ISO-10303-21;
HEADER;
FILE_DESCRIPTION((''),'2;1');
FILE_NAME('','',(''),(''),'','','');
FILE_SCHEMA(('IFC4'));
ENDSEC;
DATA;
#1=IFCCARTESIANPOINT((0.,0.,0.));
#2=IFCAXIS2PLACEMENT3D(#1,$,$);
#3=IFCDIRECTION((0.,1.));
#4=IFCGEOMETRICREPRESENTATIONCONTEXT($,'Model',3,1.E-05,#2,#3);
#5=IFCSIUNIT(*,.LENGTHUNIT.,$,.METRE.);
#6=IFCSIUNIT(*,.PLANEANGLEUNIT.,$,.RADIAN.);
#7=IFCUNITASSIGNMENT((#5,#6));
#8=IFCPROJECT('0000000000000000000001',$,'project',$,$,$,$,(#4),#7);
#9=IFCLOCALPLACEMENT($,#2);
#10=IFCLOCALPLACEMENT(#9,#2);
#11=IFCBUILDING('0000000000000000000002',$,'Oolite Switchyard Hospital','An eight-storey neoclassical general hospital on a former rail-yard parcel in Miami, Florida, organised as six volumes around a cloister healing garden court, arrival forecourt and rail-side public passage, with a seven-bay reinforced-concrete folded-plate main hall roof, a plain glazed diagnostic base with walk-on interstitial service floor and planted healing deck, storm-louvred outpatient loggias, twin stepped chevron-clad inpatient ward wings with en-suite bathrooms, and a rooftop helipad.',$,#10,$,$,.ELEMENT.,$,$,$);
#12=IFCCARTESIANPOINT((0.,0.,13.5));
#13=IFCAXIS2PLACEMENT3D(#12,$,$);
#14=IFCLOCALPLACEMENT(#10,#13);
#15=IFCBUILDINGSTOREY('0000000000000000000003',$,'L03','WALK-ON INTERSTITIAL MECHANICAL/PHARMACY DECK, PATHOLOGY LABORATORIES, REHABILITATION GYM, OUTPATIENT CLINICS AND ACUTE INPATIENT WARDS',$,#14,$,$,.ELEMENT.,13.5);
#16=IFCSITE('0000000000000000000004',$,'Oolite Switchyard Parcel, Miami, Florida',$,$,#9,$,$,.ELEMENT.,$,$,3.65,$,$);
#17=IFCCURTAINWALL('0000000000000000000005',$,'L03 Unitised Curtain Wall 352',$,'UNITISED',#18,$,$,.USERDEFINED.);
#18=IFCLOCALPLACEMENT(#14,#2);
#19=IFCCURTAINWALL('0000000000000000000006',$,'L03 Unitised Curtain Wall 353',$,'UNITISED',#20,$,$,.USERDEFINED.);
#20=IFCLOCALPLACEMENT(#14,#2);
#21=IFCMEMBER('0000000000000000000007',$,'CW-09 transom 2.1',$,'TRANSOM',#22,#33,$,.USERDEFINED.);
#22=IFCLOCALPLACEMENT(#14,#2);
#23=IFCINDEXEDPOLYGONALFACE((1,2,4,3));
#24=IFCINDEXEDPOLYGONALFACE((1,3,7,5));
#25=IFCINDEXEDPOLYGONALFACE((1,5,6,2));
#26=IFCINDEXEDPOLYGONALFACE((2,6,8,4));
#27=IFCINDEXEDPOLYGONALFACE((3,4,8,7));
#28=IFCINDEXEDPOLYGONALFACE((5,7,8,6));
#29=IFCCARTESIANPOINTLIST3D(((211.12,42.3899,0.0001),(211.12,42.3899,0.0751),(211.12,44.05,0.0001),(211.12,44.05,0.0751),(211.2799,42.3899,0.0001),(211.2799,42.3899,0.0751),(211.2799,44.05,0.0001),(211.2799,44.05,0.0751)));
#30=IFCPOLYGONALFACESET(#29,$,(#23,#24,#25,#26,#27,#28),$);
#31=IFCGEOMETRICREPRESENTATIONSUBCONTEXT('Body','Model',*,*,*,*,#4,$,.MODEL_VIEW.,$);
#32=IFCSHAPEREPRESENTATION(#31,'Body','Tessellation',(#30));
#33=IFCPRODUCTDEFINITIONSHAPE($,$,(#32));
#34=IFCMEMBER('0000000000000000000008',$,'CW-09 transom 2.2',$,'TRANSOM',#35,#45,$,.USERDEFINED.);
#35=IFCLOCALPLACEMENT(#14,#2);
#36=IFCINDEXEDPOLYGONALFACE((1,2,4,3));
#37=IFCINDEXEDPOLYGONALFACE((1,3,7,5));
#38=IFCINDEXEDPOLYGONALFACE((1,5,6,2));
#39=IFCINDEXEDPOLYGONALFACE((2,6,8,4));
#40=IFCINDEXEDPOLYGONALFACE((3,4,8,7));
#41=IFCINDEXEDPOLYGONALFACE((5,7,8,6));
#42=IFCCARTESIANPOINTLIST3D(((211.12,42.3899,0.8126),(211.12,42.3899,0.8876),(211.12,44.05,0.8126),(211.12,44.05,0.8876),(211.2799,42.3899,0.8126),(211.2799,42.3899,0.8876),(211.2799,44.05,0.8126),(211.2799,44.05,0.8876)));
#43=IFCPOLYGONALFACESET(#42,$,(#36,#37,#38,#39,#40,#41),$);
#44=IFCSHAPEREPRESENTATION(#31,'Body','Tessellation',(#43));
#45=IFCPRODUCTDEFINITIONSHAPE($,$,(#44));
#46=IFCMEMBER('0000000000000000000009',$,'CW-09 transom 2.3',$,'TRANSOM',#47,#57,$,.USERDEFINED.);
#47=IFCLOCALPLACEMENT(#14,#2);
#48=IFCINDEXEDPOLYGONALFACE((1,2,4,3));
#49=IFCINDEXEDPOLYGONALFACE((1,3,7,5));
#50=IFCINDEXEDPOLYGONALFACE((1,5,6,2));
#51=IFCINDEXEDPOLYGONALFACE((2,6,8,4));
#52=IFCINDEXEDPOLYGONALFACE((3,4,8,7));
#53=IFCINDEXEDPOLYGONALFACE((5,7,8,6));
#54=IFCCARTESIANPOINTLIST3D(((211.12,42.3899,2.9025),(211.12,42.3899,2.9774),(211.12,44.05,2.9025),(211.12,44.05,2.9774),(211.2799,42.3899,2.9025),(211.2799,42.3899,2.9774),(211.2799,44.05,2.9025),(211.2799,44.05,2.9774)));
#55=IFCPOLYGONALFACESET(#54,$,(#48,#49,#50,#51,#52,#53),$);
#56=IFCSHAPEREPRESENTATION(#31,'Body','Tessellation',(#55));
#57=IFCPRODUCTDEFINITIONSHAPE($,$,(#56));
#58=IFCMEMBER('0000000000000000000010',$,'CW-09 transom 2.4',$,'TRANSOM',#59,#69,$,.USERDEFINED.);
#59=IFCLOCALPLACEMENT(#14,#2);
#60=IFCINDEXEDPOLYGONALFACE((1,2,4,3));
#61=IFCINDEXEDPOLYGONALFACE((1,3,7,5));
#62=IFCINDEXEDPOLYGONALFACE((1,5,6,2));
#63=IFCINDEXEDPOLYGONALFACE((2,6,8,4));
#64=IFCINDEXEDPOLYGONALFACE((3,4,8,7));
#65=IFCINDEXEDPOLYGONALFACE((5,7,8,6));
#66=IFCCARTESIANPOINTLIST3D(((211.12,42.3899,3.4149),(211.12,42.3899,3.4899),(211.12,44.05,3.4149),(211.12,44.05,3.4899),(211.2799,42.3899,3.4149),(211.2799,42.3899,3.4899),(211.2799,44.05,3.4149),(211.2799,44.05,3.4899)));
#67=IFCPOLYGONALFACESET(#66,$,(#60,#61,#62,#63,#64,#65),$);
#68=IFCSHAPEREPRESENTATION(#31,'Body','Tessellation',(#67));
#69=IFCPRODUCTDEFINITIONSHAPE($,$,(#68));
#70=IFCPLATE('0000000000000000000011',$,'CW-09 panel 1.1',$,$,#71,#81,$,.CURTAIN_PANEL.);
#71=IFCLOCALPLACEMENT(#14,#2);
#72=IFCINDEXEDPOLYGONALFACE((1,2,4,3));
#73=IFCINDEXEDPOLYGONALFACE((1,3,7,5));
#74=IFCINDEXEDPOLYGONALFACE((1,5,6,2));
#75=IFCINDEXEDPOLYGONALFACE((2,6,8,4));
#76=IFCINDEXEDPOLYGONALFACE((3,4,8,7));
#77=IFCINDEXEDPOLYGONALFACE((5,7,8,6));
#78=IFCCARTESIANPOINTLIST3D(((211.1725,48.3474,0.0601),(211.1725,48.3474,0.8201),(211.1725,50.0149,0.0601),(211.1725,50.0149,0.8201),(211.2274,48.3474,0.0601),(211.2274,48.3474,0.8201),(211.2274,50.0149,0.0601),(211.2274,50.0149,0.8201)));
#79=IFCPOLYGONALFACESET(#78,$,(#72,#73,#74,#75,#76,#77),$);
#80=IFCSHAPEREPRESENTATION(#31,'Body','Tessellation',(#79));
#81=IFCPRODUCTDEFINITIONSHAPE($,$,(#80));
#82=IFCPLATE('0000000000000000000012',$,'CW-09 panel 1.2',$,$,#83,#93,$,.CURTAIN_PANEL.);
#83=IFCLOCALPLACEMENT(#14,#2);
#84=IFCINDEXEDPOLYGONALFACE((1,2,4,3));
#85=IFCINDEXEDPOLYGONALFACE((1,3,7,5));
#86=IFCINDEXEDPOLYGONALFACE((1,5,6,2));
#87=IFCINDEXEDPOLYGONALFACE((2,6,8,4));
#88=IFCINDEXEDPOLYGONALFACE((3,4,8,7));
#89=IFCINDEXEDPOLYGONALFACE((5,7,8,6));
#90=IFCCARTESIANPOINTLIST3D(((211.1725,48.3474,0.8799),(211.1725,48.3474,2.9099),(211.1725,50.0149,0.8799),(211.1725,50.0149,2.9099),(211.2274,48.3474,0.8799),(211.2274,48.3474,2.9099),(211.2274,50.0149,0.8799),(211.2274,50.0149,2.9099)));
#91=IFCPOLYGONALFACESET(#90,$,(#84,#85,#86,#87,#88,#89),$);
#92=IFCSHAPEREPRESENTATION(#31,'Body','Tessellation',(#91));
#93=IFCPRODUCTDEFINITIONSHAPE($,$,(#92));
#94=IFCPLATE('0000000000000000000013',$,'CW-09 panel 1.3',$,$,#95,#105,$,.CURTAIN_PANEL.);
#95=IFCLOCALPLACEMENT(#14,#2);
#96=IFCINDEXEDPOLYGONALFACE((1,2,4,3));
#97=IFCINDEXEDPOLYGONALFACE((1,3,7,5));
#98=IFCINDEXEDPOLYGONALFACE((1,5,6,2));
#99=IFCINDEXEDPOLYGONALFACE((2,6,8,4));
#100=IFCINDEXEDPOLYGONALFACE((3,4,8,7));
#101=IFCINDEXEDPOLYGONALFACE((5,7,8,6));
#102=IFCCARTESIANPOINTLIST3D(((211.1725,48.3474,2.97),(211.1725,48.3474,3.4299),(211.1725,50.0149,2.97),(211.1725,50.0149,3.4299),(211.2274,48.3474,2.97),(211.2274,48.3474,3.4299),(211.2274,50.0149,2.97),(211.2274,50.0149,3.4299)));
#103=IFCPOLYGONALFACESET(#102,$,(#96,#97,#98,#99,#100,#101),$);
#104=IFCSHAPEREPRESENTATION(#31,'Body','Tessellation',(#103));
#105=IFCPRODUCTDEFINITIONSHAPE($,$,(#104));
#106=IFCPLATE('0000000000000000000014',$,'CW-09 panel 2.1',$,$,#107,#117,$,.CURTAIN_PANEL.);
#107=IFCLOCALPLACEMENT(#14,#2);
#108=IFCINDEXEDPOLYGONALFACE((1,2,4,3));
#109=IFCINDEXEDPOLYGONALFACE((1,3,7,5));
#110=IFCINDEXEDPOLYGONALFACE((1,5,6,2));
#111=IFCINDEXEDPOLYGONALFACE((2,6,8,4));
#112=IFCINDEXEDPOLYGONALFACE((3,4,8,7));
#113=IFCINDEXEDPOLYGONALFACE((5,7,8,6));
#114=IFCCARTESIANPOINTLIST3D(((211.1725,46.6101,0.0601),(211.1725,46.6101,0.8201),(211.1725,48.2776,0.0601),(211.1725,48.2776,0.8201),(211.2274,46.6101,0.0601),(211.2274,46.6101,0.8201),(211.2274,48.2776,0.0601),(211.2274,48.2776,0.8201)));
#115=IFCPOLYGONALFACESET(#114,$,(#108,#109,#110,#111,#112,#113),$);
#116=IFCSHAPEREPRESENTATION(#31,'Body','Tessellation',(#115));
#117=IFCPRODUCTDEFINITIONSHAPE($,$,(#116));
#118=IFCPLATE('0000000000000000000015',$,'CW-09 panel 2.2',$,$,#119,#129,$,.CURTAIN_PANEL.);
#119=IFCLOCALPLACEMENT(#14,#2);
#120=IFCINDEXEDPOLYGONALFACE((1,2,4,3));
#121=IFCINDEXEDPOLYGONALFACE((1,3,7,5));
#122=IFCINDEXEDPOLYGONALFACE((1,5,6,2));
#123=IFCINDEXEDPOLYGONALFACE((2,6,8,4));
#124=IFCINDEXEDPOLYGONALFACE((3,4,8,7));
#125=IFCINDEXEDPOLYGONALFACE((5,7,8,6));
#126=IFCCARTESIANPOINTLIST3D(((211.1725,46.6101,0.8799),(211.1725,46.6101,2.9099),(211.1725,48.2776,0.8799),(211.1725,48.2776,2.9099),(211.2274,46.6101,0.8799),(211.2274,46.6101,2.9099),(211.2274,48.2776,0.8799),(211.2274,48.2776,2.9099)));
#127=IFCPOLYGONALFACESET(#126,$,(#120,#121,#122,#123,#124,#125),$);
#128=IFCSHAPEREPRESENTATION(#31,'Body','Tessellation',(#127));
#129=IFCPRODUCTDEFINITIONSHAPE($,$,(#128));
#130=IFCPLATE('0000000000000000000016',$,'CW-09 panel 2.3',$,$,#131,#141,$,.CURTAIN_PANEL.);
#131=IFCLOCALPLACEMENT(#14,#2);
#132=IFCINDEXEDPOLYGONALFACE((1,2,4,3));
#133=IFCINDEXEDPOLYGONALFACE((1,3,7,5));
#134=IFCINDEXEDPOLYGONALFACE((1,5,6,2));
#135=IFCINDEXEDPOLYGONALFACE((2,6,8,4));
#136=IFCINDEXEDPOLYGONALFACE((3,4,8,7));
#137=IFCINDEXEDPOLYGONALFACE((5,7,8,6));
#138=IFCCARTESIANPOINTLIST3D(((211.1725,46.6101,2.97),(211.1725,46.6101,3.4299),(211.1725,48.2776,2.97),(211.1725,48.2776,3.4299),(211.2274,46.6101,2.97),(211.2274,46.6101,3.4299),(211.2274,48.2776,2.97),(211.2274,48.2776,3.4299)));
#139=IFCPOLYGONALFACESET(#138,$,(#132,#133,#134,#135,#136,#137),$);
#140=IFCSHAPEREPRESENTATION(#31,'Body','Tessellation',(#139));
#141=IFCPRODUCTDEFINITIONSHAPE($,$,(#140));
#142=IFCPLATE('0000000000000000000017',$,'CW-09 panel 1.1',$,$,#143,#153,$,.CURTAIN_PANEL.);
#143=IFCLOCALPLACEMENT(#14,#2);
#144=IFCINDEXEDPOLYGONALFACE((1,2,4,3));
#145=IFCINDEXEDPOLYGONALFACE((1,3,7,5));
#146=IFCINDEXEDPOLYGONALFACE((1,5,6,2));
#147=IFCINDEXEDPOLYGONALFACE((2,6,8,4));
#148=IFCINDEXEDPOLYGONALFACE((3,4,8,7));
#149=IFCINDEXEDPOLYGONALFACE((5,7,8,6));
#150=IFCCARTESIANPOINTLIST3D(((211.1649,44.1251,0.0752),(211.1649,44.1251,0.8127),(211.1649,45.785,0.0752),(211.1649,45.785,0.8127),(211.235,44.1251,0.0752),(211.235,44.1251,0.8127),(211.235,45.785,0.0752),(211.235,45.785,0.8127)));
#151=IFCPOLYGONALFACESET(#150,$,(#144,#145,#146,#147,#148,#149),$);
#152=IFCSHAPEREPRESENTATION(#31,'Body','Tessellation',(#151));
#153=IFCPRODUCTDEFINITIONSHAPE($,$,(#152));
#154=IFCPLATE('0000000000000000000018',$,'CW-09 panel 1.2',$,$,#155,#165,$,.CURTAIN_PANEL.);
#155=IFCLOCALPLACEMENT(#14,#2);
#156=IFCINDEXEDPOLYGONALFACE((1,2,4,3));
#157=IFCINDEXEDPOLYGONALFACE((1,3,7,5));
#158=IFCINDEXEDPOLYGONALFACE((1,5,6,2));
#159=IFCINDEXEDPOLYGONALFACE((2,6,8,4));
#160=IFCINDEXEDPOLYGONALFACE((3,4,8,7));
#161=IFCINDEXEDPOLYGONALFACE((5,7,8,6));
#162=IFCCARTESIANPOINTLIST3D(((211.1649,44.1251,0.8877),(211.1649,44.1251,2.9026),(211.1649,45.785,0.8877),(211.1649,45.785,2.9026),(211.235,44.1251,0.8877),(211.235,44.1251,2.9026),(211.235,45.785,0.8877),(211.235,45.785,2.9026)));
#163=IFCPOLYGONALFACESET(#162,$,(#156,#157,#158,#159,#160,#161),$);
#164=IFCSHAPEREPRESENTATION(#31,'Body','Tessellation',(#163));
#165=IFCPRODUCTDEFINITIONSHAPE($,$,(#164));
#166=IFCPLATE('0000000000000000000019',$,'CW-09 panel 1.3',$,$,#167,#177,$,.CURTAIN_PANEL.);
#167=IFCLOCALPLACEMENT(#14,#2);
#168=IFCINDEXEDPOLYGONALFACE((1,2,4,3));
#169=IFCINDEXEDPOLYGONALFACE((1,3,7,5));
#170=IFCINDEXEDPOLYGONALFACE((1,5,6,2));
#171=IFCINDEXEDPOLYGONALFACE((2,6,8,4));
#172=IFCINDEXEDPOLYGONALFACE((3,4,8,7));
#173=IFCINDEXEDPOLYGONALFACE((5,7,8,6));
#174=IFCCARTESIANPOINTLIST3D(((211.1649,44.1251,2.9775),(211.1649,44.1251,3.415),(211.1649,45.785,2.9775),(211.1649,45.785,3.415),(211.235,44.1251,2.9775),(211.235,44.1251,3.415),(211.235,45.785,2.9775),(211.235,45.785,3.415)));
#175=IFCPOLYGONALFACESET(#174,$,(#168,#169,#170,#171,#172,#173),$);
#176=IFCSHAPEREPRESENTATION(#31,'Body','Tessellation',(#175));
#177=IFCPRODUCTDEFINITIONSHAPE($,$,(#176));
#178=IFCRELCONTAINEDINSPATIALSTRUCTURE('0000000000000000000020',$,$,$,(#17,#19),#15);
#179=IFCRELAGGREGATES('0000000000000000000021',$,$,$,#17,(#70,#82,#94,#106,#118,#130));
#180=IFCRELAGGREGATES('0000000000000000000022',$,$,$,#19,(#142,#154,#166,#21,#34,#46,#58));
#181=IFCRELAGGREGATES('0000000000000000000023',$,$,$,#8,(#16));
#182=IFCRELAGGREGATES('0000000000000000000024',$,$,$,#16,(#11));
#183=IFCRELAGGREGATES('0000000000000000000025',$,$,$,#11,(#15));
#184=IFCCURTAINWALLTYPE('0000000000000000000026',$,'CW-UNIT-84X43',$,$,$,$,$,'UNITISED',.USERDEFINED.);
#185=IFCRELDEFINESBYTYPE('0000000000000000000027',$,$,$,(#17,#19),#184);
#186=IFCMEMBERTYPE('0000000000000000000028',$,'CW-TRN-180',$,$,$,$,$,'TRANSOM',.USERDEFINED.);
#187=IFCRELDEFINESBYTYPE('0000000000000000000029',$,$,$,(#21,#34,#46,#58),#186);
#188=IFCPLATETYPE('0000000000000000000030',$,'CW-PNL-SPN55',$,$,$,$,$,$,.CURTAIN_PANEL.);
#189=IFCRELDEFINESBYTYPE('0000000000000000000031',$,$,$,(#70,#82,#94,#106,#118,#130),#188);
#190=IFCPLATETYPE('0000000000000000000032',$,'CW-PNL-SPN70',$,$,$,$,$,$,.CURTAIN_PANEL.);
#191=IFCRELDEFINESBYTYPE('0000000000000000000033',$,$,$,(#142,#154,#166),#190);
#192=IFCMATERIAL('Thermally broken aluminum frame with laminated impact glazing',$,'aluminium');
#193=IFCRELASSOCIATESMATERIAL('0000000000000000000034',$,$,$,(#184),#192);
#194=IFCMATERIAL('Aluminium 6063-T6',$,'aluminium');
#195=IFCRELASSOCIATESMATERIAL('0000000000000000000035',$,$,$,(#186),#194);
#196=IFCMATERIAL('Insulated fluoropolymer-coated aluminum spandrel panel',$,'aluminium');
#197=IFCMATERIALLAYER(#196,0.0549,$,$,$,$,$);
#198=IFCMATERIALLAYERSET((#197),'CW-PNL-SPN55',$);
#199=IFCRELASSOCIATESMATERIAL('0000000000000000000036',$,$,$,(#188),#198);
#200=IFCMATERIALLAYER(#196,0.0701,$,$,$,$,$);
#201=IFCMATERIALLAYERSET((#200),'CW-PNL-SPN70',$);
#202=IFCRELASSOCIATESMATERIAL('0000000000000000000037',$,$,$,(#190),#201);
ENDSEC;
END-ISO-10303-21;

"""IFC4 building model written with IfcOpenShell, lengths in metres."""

from ifc_helpers import new_model, si_unit, direction, frame, origin, origin_2d, place, context, subcontext, project, spatial, rectangle, extrude, material, layer, layer_set, material_profile, profile_set, type_object, element, aggregate, save


model = new_model("IFC4")

# Units and contexts
model_context = context("Model", 3, precision=1e-05, world=origin(), true_north=direction((0.0, 1.0)))
body_context = subcontext(model_context, "Body", "Model", "MODEL_VIEW")
ifc_project = project(units=[si_unit("LENGTHUNIT", "METRE"), si_unit("PLANEANGLEUNIT", "RADIAN")], contexts=[model_context])

# Site, building, storey
site_placement = place(None, origin())
site = spatial("IfcSite", under=ifc_project, at=site_placement, Name="Oolite Switchyard Parcel, Miami, Florida", CompositionType="ELEMENT", RefElevation=3.65)
building_placement = place(site_placement, origin())
building = spatial("IfcBuilding", under=site, at=building_placement, Name="Oolite Switchyard Hospital", Description="An eight-storey neoclassical general hospital on a former rail-yard parcel in Miami, Florida, organised as six volumes around a cloister healing garden court, arrival forecourt and rail-side public passage, with a seven-bay reinforced-concrete folded-plate main hall roof, a plain glazed diagnostic base with walk-on interstitial service floor and planted healing deck, storm-louvred outpatient loggias, twin stepped chevron-clad inpatient ward wings with en-suite bathrooms, and a rooftop helipad.", CompositionType="ELEMENT")
storey_placement = place(building_placement, frame((0.0, 0.0, 13.5)))
storey = spatial("IfcBuildingStorey", under=building, at=storey_placement, Name="L03", Description="WALK-ON INTERSTITIAL MECHANICAL/PHARMACY DECK, PATHOLOGY LABORATORIES, REHABILITATION GYM, OUTPATIENT CLINICS AND ACUTE INPATIENT WARDS", CompositionType="ELEMENT", Elevation=13.5)

# Curtain walls
ifc_material_1 = material(Name="Thermally broken aluminum frame with laminated impact glazing", Category="aluminium")
curtain_wall_type = type_object("IfcCurtainWallType", Name="CW-UNIT-84X43", ElementType="UNITISED", PredefinedType="USERDEFINED", material=ifc_material_1)
curtain_wall_1_placement = place(storey_placement, origin())
curtain_wall_1 = element("IfcCurtainWall", 1, at=curtain_wall_1_placement, inside=storey, type_object=curtain_wall_type, Name="L03 Unitised Curtain Wall 352", ObjectType="UNITISED", PredefinedType="USERDEFINED")
ifc_material_2 = material(Name="Aluminium 6063-T6", Category="aluminium")
curtain_wall_2_placement = place(storey_placement, origin())
curtain_wall_2 = element("IfcCurtainWall", 2, at=curtain_wall_2_placement, inside=storey, type_object=curtain_wall_type, Name="L03 Unitised Curtain Wall 353", ObjectType="UNITISED", PredefinedType="USERDEFINED")

# Members
ifc_material_profile_1 = material_profile(ifc_material_2, rectangle(XDim=0.1599, YDim=0.075, at=origin_2d()), Name="CWT75X160")
ifc_profile_set_1 = profile_set([ifc_material_profile_1], Name="Aluminium 6063-T6")
member_type_1 = type_object("IfcMemberType", Name="CW-TRN-180", ElementType="TRANSOM", PredefinedType="USERDEFINED", material=ifc_profile_set_1)
member_1_placement = place(storey_placement, frame((211.2, 44.05, 0.0376), z_axis=(0.0, -1.0, 0.0), x_axis=(1.0, 0.0, 0.0)))
member_1 = element("IfcMember", 3, at=member_1_placement, type_object=member_type_1, Name="CW-09 transom 2.1", ObjectType="TRANSOM", PredefinedType="USERDEFINED", context=body_context, shape_type="SweptSolid", body=[
    extrude(rectangle(XDim=0.1599, YDim=0.075, at=origin_2d()), origin(), (0.0, 0.0, 1.0), 1.6602),
])
member_2_placement = place(storey_placement, frame((211.2, 44.05, 0.8501), z_axis=(0.0, -1.0, 0.0), x_axis=(1.0, 0.0, 0.0)))
member_2 = element("IfcMember", 4, at=member_2_placement, type_object=member_type_1, Name="CW-09 transom 2.2", ObjectType="TRANSOM", PredefinedType="USERDEFINED", context=body_context, shape_type="SweptSolid", body=[
    extrude(rectangle(XDim=0.1599, YDim=0.075, at=origin_2d()), origin(), (0.0, 0.0, 1.0), 1.6602),
])
member_3_placement = place(storey_placement, frame((211.2, 44.05, 2.9399), z_axis=(0.0, -1.0, 0.0), x_axis=(1.0, 0.0, 0.0)))
member_3 = element("IfcMember", 5, at=member_3_placement, type_object=member_type_1, Name="CW-09 transom 2.3", ObjectType="TRANSOM", PredefinedType="USERDEFINED", context=body_context, shape_type="SweptSolid", body=[
    extrude(rectangle(XDim=0.1599, YDim=0.075, at=origin_2d()), origin(), (0.0, 0.0, 1.0), 1.6602),
])
member_4_placement = place(storey_placement, frame((211.2, 44.05, 3.4524), z_axis=(0.0, -1.0, 0.0), x_axis=(1.0, 0.0, 0.0)))
member_4 = element("IfcMember", 6, at=member_4_placement, type_object=member_type_1, Name="CW-09 transom 2.4", ObjectType="TRANSOM", PredefinedType="USERDEFINED", context=body_context, shape_type="SweptSolid", body=[
    extrude(rectangle(XDim=0.1599, YDim=0.075, at=origin_2d()), origin(), (0.0, 0.0, 1.0), 1.6602),
])

# Plates
ifc_material_3 = material(Name="Insulated fluoropolymer-coated aluminum spandrel panel", Category="aluminium")
ifc_layer_1 = layer(ifc_material_3, 0.0549)
ifc_layer_set_1 = layer_set([ifc_layer_1], Name="CW-PNL-SPN55")
plate_type_1 = type_object("IfcPlateType", Name="CW-PNL-SPN55", PredefinedType="CURTAIN_PANEL", material=ifc_layer_set_1)
plate_1_placement = place(storey_placement, frame((211.2, 49.1812, 0.0601), z_axis=(0.0, 0.0, 1.0), x_axis=(0.0, -1.0, 0.0)))
plate_1 = element("IfcPlate", 7, at=plate_1_placement, type_object=plate_type_1, Name="CW-09 panel 1.1", PredefinedType="CURTAIN_PANEL", context=body_context, shape_type="SweptSolid", body=[
    extrude(rectangle(XDim=1.6675, YDim=0.0549, at=origin_2d()), origin(), (0.0, 0.0, 1.0), 0.76),
])
plate_2_placement = place(storey_placement, frame((211.2, 49.1812, 0.8799), z_axis=(0.0, 0.0, 1.0), x_axis=(0.0, -1.0, 0.0)))
plate_2 = element("IfcPlate", 8, at=plate_2_placement, type_object=plate_type_1, Name="CW-09 panel 1.2", PredefinedType="CURTAIN_PANEL", context=body_context, shape_type="SweptSolid", body=[
    extrude(rectangle(XDim=1.6675, YDim=0.0549, at=origin_2d()), origin(), (0.0, 0.0, 1.0), 2.03),
])
plate_3_placement = place(storey_placement, frame((211.2, 49.1812, 2.97), z_axis=(0.0, 0.0, 1.0), x_axis=(0.0, -1.0, 0.0)))
plate_3 = element("IfcPlate", 9, at=plate_3_placement, type_object=plate_type_1, Name="CW-09 panel 1.3", PredefinedType="CURTAIN_PANEL", context=body_context, shape_type="SweptSolid", body=[
    extrude(rectangle(XDim=1.6675, YDim=0.0549, at=origin_2d()), origin(), (0.0, 0.0, 1.0), 0.46),
])
plate_4_placement = place(storey_placement, frame((211.2, 47.4438, 0.0601), z_axis=(0.0, 0.0, 1.0), x_axis=(0.0, -1.0, 0.0)))
plate_4 = element("IfcPlate", 10, at=plate_4_placement, type_object=plate_type_1, Name="CW-09 panel 2.1", PredefinedType="CURTAIN_PANEL", context=body_context, shape_type="SweptSolid", body=[
    extrude(rectangle(XDim=1.6675, YDim=0.0549, at=origin_2d()), origin(), (0.0, 0.0, 1.0), 0.76),
])
plate_5_placement = place(storey_placement, frame((211.2, 47.4438, 0.8799), z_axis=(0.0, 0.0, 1.0), x_axis=(0.0, -1.0, 0.0)))
plate_5 = element("IfcPlate", 11, at=plate_5_placement, type_object=plate_type_1, Name="CW-09 panel 2.2", PredefinedType="CURTAIN_PANEL", context=body_context, shape_type="SweptSolid", body=[
    extrude(rectangle(XDim=1.6675, YDim=0.0549, at=origin_2d()), origin(), (0.0, 0.0, 1.0), 2.03),
])
plate_6_placement = place(storey_placement, frame((211.2, 47.4438, 2.97), z_axis=(0.0, 0.0, 1.0), x_axis=(0.0, -1.0, 0.0)))
plate_6 = element("IfcPlate", 12, at=plate_6_placement, type_object=plate_type_1, Name="CW-09 panel 2.3", PredefinedType="CURTAIN_PANEL", context=body_context, shape_type="SweptSolid", body=[
    extrude(rectangle(XDim=1.6675, YDim=0.0549, at=origin_2d()), origin(), (0.0, 0.0, 1.0), 0.46),
])
aggregate(curtain_wall_1, [plate_1, plate_2, plate_3, plate_4, plate_5, plate_6])
ifc_layer_2 = layer(ifc_material_3, 0.0701)
ifc_layer_set_2 = layer_set([ifc_layer_2], Name="CW-PNL-SPN70")
plate_type_2 = type_object("IfcPlateType", Name="CW-PNL-SPN70", PredefinedType="CURTAIN_PANEL", material=ifc_layer_set_2)
plate_7_placement = place(storey_placement, frame((211.2, 44.9551, 0.0752), z_axis=(0.0, 0.0, 1.0), x_axis=(0.0, -1.0, 0.0)))
plate_7 = element("IfcPlate", 13, at=plate_7_placement, type_object=plate_type_2, Name="CW-09 panel 1.1", PredefinedType="CURTAIN_PANEL", context=body_context, shape_type="SweptSolid", body=[
    extrude(rectangle(XDim=1.6599, YDim=0.0701, at=origin_2d()), origin(), (0.0, 0.0, 1.0), 0.7375),
])
plate_8_placement = place(storey_placement, frame((211.2, 44.9551, 0.8877), z_axis=(0.0, 0.0, 1.0), x_axis=(0.0, -1.0, 0.0)))
plate_8 = element("IfcPlate", 14, at=plate_8_placement, type_object=plate_type_2, Name="CW-09 panel 1.2", PredefinedType="CURTAIN_PANEL", context=body_context, shape_type="SweptSolid", body=[
    extrude(rectangle(XDim=1.6599, YDim=0.0701, at=origin_2d()), origin(), (0.0, 0.0, 1.0), 2.0149),
])
plate_9_placement = place(storey_placement, frame((211.2, 44.9551, 2.9775), z_axis=(0.0, 0.0, 1.0), x_axis=(0.0, -1.0, 0.0)))
plate_9 = element("IfcPlate", 15, at=plate_9_placement, type_object=plate_type_2, Name="CW-09 panel 1.3", PredefinedType="CURTAIN_PANEL", context=body_context, shape_type="SweptSolid", body=[
    extrude(rectangle(XDim=1.6599, YDim=0.0701, at=origin_2d()), origin(), (0.0, 0.0, 1.0), 0.4375),
])
aggregate(curtain_wall_2, [plate_7, plate_8, plate_9, member_1, member_2, member_3, member_4])

save(model, "model.ifc")
